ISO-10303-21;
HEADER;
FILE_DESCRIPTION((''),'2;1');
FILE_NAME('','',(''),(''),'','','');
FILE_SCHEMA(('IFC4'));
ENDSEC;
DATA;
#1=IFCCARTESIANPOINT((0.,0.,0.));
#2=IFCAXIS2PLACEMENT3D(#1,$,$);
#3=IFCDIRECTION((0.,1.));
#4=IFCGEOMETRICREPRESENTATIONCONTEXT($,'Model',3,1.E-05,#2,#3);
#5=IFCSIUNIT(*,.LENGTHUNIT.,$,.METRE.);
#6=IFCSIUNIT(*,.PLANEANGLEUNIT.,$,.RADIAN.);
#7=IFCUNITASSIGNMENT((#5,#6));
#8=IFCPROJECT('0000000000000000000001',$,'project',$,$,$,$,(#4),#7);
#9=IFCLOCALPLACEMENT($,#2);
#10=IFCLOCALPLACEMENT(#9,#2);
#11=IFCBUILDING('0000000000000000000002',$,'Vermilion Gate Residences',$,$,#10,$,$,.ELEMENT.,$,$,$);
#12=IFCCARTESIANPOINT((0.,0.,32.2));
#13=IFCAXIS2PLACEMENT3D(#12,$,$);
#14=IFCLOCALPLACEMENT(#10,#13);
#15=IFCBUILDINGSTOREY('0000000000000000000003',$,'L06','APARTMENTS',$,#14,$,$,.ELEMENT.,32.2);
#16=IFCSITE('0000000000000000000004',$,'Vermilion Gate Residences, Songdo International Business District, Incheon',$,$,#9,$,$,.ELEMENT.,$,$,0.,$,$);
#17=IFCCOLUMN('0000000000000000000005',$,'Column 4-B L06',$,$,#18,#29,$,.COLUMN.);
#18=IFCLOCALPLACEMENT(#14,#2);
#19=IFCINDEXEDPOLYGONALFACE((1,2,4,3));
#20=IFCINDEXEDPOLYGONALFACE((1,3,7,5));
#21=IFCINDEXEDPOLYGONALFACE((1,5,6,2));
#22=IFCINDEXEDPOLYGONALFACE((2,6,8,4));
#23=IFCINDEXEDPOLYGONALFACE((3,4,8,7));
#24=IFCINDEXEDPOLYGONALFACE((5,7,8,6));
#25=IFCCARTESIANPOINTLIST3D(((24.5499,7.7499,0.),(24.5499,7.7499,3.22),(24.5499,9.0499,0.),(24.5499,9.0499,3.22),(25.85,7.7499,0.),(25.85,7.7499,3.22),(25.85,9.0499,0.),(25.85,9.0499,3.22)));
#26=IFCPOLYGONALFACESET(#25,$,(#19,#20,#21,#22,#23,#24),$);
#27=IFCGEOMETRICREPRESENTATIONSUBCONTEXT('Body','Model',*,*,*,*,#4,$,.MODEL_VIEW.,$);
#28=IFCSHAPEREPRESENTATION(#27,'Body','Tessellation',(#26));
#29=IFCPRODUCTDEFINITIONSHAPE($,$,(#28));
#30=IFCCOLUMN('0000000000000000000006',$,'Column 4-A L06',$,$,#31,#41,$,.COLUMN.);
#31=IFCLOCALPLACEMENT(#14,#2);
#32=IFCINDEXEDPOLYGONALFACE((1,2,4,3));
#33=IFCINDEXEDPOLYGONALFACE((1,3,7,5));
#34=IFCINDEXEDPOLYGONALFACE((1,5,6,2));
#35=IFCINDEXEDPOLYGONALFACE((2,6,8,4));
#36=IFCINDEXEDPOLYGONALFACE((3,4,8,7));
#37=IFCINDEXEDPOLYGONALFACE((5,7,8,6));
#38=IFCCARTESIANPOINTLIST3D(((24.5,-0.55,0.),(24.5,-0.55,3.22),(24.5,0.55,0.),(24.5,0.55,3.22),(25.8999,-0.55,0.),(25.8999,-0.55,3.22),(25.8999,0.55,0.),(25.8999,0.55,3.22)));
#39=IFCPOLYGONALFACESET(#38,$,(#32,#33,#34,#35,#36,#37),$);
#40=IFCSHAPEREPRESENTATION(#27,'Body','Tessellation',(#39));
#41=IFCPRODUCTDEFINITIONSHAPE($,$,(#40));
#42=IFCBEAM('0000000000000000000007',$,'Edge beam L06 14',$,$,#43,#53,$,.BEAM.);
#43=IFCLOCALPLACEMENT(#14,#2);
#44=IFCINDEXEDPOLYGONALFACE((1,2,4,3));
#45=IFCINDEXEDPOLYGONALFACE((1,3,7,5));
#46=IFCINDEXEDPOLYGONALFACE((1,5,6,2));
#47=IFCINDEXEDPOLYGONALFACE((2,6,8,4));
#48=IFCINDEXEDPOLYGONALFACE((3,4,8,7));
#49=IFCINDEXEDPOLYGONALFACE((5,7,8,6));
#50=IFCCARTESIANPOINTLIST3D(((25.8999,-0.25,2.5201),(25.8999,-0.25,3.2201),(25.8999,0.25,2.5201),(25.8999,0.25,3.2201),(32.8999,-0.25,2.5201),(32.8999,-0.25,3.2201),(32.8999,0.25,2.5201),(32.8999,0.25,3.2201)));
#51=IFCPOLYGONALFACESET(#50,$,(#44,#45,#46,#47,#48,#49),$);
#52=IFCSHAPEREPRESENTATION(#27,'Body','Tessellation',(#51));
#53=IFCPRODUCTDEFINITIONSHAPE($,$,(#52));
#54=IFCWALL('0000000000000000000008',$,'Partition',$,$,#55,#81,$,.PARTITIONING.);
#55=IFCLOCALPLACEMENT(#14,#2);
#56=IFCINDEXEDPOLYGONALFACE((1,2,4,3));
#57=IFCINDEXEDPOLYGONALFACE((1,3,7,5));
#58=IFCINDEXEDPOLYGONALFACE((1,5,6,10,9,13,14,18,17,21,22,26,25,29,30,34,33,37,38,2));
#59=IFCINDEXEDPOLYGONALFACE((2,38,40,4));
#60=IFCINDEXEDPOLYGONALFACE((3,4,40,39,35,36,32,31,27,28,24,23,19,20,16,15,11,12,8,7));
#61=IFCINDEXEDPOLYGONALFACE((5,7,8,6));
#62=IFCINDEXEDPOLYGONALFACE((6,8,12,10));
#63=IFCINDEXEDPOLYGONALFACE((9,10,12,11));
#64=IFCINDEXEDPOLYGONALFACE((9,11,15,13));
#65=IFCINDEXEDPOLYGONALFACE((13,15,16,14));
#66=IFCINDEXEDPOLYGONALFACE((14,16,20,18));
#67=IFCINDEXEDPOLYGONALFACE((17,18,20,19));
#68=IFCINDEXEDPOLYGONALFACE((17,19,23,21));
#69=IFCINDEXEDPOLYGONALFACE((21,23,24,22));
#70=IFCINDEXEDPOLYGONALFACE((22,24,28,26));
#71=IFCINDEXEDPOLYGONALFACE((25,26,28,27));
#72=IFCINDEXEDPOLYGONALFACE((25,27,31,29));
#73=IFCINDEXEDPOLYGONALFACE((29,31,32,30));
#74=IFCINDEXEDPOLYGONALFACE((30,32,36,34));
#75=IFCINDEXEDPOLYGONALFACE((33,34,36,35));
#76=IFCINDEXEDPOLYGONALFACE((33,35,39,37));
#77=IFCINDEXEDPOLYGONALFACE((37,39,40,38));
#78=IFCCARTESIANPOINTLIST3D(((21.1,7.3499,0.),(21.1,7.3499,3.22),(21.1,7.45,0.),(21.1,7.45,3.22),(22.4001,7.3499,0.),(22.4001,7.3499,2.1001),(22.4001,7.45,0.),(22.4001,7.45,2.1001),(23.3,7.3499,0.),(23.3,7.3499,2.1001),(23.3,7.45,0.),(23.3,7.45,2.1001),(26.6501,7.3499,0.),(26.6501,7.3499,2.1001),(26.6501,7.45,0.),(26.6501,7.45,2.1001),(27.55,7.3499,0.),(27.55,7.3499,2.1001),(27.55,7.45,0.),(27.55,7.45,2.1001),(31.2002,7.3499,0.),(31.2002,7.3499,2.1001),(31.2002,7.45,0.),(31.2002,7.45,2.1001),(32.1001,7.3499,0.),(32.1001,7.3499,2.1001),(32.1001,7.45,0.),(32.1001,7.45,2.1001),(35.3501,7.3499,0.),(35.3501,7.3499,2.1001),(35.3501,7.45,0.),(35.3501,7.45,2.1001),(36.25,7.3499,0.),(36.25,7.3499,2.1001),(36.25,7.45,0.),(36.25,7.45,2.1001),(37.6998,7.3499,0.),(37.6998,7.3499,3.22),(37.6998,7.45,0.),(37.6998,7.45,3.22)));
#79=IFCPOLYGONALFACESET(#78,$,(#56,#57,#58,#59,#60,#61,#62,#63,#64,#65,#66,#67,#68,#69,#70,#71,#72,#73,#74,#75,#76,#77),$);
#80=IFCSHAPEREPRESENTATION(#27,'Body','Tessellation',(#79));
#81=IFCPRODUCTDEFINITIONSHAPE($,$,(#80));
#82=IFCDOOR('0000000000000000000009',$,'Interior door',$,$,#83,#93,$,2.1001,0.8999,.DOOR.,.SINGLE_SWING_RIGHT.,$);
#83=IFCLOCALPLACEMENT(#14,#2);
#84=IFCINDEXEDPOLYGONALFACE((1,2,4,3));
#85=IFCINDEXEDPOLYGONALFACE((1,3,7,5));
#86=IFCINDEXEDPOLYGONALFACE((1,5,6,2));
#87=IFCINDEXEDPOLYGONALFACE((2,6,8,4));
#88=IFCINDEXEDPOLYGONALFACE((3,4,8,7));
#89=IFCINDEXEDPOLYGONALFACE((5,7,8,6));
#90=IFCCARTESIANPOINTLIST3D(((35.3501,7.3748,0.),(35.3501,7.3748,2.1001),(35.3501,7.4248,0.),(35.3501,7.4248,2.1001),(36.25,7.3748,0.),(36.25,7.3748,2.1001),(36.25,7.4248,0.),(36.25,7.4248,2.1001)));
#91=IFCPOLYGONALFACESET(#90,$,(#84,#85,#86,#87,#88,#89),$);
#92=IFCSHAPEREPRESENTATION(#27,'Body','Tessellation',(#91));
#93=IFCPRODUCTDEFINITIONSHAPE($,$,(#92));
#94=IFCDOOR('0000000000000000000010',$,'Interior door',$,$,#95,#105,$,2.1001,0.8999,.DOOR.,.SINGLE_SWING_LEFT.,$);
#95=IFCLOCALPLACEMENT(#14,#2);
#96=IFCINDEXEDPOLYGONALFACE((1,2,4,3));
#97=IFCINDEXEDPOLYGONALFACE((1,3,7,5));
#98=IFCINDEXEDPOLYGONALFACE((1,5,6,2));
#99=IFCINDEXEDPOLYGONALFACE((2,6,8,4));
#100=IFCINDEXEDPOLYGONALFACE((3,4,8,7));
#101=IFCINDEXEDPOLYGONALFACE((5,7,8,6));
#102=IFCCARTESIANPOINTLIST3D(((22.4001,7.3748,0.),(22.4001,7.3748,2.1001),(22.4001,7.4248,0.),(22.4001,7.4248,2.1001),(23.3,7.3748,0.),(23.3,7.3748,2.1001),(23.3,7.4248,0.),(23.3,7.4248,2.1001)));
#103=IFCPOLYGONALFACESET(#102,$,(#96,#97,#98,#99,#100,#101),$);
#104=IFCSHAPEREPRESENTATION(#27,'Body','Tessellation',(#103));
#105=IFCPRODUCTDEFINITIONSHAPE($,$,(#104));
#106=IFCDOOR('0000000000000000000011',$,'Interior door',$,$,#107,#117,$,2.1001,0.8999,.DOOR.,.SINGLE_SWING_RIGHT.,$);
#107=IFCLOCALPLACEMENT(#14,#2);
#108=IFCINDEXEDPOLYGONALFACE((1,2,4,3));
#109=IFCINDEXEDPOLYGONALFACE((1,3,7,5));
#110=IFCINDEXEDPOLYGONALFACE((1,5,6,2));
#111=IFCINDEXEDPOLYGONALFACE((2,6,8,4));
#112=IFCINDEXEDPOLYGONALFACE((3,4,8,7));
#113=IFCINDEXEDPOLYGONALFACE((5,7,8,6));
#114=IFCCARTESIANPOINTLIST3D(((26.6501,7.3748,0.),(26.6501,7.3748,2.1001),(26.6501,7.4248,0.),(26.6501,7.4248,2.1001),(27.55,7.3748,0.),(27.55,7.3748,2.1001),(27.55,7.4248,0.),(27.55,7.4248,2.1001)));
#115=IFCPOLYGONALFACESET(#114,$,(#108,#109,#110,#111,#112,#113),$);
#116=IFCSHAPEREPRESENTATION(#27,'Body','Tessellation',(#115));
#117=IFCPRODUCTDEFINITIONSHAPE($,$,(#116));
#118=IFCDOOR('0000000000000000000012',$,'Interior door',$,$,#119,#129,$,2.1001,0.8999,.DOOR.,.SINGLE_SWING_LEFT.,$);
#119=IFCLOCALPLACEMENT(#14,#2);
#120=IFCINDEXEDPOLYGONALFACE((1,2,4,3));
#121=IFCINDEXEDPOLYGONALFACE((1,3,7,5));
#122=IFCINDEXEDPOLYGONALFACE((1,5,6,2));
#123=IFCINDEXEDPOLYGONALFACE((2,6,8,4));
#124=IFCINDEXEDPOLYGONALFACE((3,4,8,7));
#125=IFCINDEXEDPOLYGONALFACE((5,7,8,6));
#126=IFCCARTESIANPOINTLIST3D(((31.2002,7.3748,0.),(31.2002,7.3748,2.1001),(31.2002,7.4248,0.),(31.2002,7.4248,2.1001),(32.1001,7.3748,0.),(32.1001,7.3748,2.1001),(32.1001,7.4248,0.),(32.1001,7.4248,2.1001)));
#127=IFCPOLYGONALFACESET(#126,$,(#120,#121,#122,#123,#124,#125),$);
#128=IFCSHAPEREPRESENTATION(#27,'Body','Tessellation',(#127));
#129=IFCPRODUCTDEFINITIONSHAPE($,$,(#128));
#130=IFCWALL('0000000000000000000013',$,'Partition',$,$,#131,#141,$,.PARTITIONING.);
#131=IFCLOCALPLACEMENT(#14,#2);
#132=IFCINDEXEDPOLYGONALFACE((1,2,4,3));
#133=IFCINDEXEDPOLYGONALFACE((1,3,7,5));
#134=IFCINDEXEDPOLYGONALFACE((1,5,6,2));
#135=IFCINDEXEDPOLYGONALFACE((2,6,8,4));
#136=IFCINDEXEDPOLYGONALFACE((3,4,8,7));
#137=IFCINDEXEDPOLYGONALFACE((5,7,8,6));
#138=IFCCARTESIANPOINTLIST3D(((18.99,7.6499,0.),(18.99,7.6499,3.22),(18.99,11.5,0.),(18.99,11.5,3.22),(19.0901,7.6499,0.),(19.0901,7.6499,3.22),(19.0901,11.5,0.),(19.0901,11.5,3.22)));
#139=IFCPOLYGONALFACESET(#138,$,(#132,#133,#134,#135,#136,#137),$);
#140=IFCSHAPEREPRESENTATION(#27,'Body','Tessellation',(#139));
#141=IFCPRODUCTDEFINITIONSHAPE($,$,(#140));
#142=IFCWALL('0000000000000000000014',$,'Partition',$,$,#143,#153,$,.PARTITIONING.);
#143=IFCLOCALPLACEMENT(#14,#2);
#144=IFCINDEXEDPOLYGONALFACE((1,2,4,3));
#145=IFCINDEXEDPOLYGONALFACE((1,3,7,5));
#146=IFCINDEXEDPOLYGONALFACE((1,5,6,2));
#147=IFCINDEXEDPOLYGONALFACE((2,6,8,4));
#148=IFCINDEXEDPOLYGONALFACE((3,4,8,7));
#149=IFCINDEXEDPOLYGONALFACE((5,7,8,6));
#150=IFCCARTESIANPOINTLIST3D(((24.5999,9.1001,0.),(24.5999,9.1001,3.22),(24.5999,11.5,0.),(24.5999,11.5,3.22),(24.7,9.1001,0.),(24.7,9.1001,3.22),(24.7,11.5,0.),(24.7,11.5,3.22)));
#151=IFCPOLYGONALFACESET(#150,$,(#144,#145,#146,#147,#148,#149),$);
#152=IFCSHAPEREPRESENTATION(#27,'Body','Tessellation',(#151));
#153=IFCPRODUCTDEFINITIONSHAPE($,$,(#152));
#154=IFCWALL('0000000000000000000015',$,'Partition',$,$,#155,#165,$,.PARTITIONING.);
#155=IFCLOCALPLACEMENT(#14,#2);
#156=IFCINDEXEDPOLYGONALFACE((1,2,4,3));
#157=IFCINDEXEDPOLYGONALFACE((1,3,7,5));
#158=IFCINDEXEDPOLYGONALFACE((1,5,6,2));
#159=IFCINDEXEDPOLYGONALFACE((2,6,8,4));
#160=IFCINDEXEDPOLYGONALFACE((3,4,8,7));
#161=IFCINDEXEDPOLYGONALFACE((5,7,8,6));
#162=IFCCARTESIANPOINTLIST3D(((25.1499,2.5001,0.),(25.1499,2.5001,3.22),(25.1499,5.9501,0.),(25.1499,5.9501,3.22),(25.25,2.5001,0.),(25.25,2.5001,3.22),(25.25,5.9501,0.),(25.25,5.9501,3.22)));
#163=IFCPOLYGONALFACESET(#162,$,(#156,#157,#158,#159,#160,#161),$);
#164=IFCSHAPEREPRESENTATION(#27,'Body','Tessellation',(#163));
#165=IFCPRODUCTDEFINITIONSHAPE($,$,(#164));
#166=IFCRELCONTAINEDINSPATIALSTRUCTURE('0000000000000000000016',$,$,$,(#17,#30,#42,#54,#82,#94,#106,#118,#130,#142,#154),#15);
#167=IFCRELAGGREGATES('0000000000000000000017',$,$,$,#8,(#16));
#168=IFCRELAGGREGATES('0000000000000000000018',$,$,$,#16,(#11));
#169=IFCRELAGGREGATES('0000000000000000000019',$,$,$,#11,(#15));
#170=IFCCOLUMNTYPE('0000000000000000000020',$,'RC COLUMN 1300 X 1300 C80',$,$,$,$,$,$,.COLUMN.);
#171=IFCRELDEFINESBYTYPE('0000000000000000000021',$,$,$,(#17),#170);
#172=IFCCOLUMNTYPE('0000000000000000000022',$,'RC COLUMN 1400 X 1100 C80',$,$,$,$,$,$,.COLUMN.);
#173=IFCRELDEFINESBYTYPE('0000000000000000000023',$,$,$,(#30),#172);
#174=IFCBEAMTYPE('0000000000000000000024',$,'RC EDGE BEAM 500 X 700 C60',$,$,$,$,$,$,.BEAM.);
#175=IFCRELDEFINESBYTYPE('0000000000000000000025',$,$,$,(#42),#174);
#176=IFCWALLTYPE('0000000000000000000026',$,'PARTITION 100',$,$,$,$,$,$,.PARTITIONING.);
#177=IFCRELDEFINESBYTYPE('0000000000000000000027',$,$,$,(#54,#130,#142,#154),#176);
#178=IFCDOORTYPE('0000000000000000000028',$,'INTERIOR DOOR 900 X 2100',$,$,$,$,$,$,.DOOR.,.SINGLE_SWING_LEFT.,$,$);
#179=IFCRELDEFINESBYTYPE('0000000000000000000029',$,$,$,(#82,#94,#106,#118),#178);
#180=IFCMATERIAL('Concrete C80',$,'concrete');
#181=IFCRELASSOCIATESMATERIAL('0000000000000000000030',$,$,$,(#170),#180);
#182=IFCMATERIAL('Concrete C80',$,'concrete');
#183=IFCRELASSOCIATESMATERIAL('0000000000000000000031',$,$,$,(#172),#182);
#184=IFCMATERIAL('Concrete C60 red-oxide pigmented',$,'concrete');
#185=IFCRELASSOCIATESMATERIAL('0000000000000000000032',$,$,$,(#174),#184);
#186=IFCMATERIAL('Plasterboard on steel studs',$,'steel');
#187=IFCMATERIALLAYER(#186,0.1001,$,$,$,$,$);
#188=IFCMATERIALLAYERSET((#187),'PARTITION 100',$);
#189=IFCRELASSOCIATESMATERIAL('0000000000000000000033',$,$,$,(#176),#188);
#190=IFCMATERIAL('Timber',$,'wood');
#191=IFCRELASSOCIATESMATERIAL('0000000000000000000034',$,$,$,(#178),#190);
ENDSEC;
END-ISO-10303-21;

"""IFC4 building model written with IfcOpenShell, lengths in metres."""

from ifc_helpers import new_model, si_unit, direction, frame, frame_2d, origin, origin_2d, place, context, subcontext, project, spatial, rectangle, extrude, material, layer, layer_set, material_profile, profile_set, type_object, element, fill, save


model = new_model("IFC4")

# Units and contexts
model_context = context("Model", 3, precision=1e-05, world=origin(), true_north=direction((0.0, 1.0)))
body_context = subcontext(model_context, "Body", "Model", "MODEL_VIEW")
ifc_project = project(units=[si_unit("LENGTHUNIT", "METRE"), si_unit("PLANEANGLEUNIT", "RADIAN")], contexts=[model_context])

# Site, building, storey
site_placement = place(None, origin())
site = spatial("IfcSite", under=ifc_project, at=site_placement, Name="Vermilion Gate Residences, Songdo International Business District, Incheon", CompositionType="ELEMENT", RefElevation=0.0)
building_placement = place(site_placement, origin())
building = spatial("IfcBuilding", under=site, at=building_placement, Name="Vermilion Gate Residences", CompositionType="ELEMENT")
storey_placement = place(building_placement, frame((0.0, 0.0, 32.2)))
storey = spatial("IfcBuildingStorey", under=building, at=storey_placement, Name="L06", Description="APARTMENTS", CompositionType="ELEMENT", Elevation=32.2)

# Columns
ifc_material_1 = material(Name="Concrete C80", Category="concrete")
ifc_material_profile_1 = material_profile(ifc_material_1, rectangle(XDim=1.3, YDim=1.3, at=origin_2d()), Name="RC-1300x1300")
ifc_profile_set_1 = profile_set([ifc_material_profile_1], Name="Concrete C80")
column_type_1 = type_object("IfcColumnType", Name="RC COLUMN 1300 X 1300 C80", PredefinedType="COLUMN", material=ifc_profile_set_1)
column_1_placement = place(storey_placement, frame((25.2, 8.3999, 0.0), z_axis=(0.0, 0.0, 1.0), x_axis=(1.0, 0.0, 0.0)))
element("IfcColumn", 1, at=column_1_placement, inside=storey, type_object=column_type_1, Name="Column 4-B L06", PredefinedType="COLUMN", context=body_context, shape_type="SweptSolid", body=[
    extrude(rectangle(XDim=1.3, YDim=1.3, at=origin_2d()), origin(), (0.0, 0.0, 1.0), 3.22),
])
ifc_material_2 = material(Name="Concrete C80", Category="concrete")
ifc_material_profile_2 = material_profile(ifc_material_2, rectangle(XDim=1.3999, YDim=1.1001, at=origin_2d()), Name="RC-1400x1100")
ifc_profile_set_2 = profile_set([ifc_material_profile_2], Name="Concrete C80")
column_type_2 = type_object("IfcColumnType", Name="RC COLUMN 1400 X 1100 C80", PredefinedType="COLUMN", material=ifc_profile_set_2)
column_2_placement = place(storey_placement, frame((25.2, 0.0, 0.0), z_axis=(0.0, 0.0, 1.0), x_axis=(1.0, 0.0, 0.0)))
element("IfcColumn", 2, at=column_2_placement, inside=storey, type_object=column_type_2, Name="Column 4-A L06", PredefinedType="COLUMN", context=body_context, shape_type="SweptSolid", body=[
    extrude(rectangle(XDim=1.3999, YDim=1.1001, at=origin_2d()), origin(), (0.0, 0.0, 1.0), 3.22),
])

# Beam
ifc_material_3 = material(Name="Concrete C60 red-oxide pigmented", Category="concrete")
ifc_material_profile_3 = material_profile(ifc_material_3, rectangle(XDim=0.5, YDim=0.7, at=origin_2d()), Name="RC-500x700")
ifc_profile_set_3 = profile_set([ifc_material_profile_3], Name="Concrete C60 red-oxide pigmented")
beam_type = type_object("IfcBeamType", Name="RC EDGE BEAM 500 X 700 C60", PredefinedType="BEAM", material=ifc_profile_set_3)
beam_placement = place(storey_placement, frame((25.8999, 0.0, 2.8701), z_axis=(1.0, 0.0, 0.0), x_axis=(0.0, 1.0, 0.0)))
element("IfcBeam", 3, at=beam_placement, inside=storey, type_object=beam_type, Name="Edge beam L06 14", PredefinedType="BEAM", context=body_context, shape_type="SweptSolid", body=[
    extrude(rectangle(XDim=0.5, YDim=0.7, at=origin_2d()), origin(), (0.0, 0.0, 1.0), 7.0),
])

# Wall, openings, doors
ifc_material_4 = material(Name="Plasterboard on steel studs", Category="steel")
ifc_layer_1 = layer(ifc_material_4, 0.1001)
ifc_layer_set_1 = layer_set([ifc_layer_1], Name="PARTITION 100")
wall_type_1 = type_object("IfcWallType", Name="PARTITION 100", PredefinedType="PARTITIONING", material=ifc_layer_set_1)
wall_1_placement = place(storey_placement, frame((21.1001, 7.3999, 0.0), z_axis=(0.0, 0.0, 1.0), x_axis=(1.0, 0.0, 0.0)))
wall_1 = element("IfcWall", 4, at=wall_1_placement, inside=storey, type_object=wall_type_1, Name="Partition", PredefinedType="PARTITIONING", context=body_context, shape_type="SweptSolid", body=[
    extrude(rectangle(XDim=16.5999, YDim=0.1001, at=frame_2d((8.2998, 0.0))), origin(), (0.0, 0.0, 1.0), 3.22),
])
opening_1_placement = place(wall_1_placement, frame((14.25, 0.0, 0.0)))
opening_1 = element("IfcOpeningElement", 5, at=opening_1_placement, cuts=wall_1, PredefinedType="OPENING", context=body_context, shape_type="SweptSolid", body=[
    extrude(rectangle(XDim=0.8999, YDim=2.1001, at=frame_2d((0.45, 1.05))), frame((0.0, 0.0601, 0.0), z_axis=(0.0, -1.0, 0.0), x_axis=(1.0, 0.0, 0.0)), (0.0, 0.0, 1.0), 0.1201),
])
opening_2_placement = place(wall_1_placement, frame((1.3, 0.0, 0.0)))
opening_2 = element("IfcOpeningElement", 6, at=opening_2_placement, cuts=wall_1, PredefinedType="OPENING", context=body_context, shape_type="SweptSolid", body=[
    extrude(rectangle(XDim=0.8999, YDim=2.1001, at=frame_2d((0.45, 1.05))), frame((0.0, 0.0601, 0.0), z_axis=(0.0, -1.0, 0.0), x_axis=(1.0, 0.0, 0.0)), (0.0, 0.0, 1.0), 0.1201),
])
opening_3_placement = place(wall_1_placement, frame((5.55, 0.0, 0.0)))
opening_3 = element("IfcOpeningElement", 7, at=opening_3_placement, cuts=wall_1, PredefinedType="OPENING", context=body_context, shape_type="SweptSolid", body=[
    extrude(rectangle(XDim=0.8999, YDim=2.1001, at=frame_2d((0.45, 1.05))), frame((0.0, 0.0601, 0.0), z_axis=(0.0, -1.0, 0.0), x_axis=(1.0, 0.0, 0.0)), (0.0, 0.0, 1.0), 0.1201),
])
opening_4_placement = place(wall_1_placement, frame((10.1001, 0.0, 0.0)))
opening_4 = element("IfcOpeningElement", 8, at=opening_4_placement, cuts=wall_1, PredefinedType="OPENING", context=body_context, shape_type="SweptSolid", body=[
    extrude(rectangle(XDim=0.8999, YDim=2.1001, at=frame_2d((0.45, 1.05))), frame((0.0, 0.0601, 0.0), z_axis=(0.0, -1.0, 0.0), x_axis=(1.0, 0.0, 0.0)), (0.0, 0.0, 1.0), 0.1201),
])
ifc_material_5 = material(Name="Timber", Category="wood")
door_type = type_object("IfcDoorType", Name="INTERIOR DOOR 900 X 2100", OperationType="SINGLE_SWING_LEFT", PredefinedType="DOOR", material=ifc_material_5)
door_1_placement = place(opening_1_placement, origin())
door_1 = element("IfcDoor", 9, at=door_1_placement, inside=storey, type_object=door_type, Name="Interior door", OperationType="SINGLE_SWING_RIGHT", OverallHeight=2.1001, OverallWidth=0.8999, PredefinedType="DOOR", context=body_context, shape_type="SweptSolid", body=[
    extrude(rectangle(XDim=0.8999, YDim=2.1001, at=frame_2d((0.45, 1.05))), frame((0.0, 0.0249, 0.0), z_axis=(0.0, -1.0, 0.0), x_axis=(1.0, 0.0, 0.0)), (0.0, 0.0, 1.0), 0.05),
])
fill(opening_1, door_1)
door_2_placement = place(opening_2_placement, origin())
door_2 = element("IfcDoor", 10, at=door_2_placement, inside=storey, type_object=door_type, Name="Interior door", OperationType="SINGLE_SWING_LEFT", OverallHeight=2.1001, OverallWidth=0.8999, PredefinedType="DOOR", context=body_context, shape_type="SweptSolid", body=[
    extrude(rectangle(XDim=0.8999, YDim=2.1001, at=frame_2d((0.45, 1.05))), frame((0.0, 0.0249, 0.0), z_axis=(0.0, -1.0, 0.0), x_axis=(1.0, 0.0, 0.0)), (0.0, 0.0, 1.0), 0.05),
])
fill(opening_2, door_2)
door_3_placement = place(opening_3_placement, origin())
door_3 = element("IfcDoor", 11, at=door_3_placement, inside=storey, type_object=door_type, Name="Interior door", OperationType="SINGLE_SWING_RIGHT", OverallHeight=2.1001, OverallWidth=0.8999, PredefinedType="DOOR", context=body_context, shape_type="SweptSolid", body=[
    extrude(rectangle(XDim=0.8999, YDim=2.1001, at=frame_2d((0.45, 1.05))), frame((0.0, 0.0249, 0.0), z_axis=(0.0, -1.0, 0.0), x_axis=(1.0, 0.0, 0.0)), (0.0, 0.0, 1.0), 0.05),
])
fill(opening_3, door_3)
door_4_placement = place(opening_4_placement, origin())
door_4 = element("IfcDoor", 12, at=door_4_placement, inside=storey, type_object=door_type, Name="Interior door", OperationType="SINGLE_SWING_LEFT", OverallHeight=2.1001, OverallWidth=0.8999, PredefinedType="DOOR", context=body_context, shape_type="SweptSolid", body=[
    extrude(rectangle(XDim=0.8999, YDim=2.1001, at=frame_2d((0.45, 1.05))), frame((0.0, 0.0249, 0.0), z_axis=(0.0, -1.0, 0.0), x_axis=(1.0, 0.0, 0.0)), (0.0, 0.0, 1.0), 0.05),
])
fill(opening_4, door_4)

# Walls
wall_2_placement = place(storey_placement, frame((19.04, 7.6499, 0.0), z_axis=(0.0, 0.0, 1.0), x_axis=(0.0, 1.0, 0.0)))
element("IfcWall", 13, at=wall_2_placement, inside=storey, type_object=wall_type_1, Name="Partition", PredefinedType="PARTITIONING", context=body_context, shape_type="SweptSolid", body=[
    extrude(rectangle(XDim=3.8501, YDim=0.1001, at=frame_2d((1.925, 0.0))), origin(), (0.0, 0.0, 1.0), 3.22),
])
wall_3_placement = place(storey_placement, frame((24.6499, 9.1001, 0.0), z_axis=(0.0, 0.0, 1.0), x_axis=(0.0, 1.0, 0.0)))
element("IfcWall", 14, at=wall_3_placement, inside=storey, type_object=wall_type_1, Name="Partition", PredefinedType="PARTITIONING", context=body_context, shape_type="SweptSolid", body=[
    extrude(rectangle(XDim=2.3999, YDim=0.1001, at=frame_2d((1.2, 0.0))), origin(), (0.0, 0.0, 1.0), 3.22),
])
wall_4_placement = place(storey_placement, frame((25.2, 2.5, 0.0), z_axis=(0.0, 0.0, 1.0), x_axis=(0.0, 1.0, 0.0)))
element("IfcWall", 15, at=wall_4_placement, inside=storey, type_object=wall_type_1, Name="Partition", PredefinedType="PARTITIONING", context=body_context, shape_type="SweptSolid", body=[
    extrude(rectangle(XDim=3.45, YDim=0.1001, at=frame_2d((1.7251, 0.0))), origin(), (0.0, 0.0, 1.0), 3.22),
])

save(model, "model.ifc")
